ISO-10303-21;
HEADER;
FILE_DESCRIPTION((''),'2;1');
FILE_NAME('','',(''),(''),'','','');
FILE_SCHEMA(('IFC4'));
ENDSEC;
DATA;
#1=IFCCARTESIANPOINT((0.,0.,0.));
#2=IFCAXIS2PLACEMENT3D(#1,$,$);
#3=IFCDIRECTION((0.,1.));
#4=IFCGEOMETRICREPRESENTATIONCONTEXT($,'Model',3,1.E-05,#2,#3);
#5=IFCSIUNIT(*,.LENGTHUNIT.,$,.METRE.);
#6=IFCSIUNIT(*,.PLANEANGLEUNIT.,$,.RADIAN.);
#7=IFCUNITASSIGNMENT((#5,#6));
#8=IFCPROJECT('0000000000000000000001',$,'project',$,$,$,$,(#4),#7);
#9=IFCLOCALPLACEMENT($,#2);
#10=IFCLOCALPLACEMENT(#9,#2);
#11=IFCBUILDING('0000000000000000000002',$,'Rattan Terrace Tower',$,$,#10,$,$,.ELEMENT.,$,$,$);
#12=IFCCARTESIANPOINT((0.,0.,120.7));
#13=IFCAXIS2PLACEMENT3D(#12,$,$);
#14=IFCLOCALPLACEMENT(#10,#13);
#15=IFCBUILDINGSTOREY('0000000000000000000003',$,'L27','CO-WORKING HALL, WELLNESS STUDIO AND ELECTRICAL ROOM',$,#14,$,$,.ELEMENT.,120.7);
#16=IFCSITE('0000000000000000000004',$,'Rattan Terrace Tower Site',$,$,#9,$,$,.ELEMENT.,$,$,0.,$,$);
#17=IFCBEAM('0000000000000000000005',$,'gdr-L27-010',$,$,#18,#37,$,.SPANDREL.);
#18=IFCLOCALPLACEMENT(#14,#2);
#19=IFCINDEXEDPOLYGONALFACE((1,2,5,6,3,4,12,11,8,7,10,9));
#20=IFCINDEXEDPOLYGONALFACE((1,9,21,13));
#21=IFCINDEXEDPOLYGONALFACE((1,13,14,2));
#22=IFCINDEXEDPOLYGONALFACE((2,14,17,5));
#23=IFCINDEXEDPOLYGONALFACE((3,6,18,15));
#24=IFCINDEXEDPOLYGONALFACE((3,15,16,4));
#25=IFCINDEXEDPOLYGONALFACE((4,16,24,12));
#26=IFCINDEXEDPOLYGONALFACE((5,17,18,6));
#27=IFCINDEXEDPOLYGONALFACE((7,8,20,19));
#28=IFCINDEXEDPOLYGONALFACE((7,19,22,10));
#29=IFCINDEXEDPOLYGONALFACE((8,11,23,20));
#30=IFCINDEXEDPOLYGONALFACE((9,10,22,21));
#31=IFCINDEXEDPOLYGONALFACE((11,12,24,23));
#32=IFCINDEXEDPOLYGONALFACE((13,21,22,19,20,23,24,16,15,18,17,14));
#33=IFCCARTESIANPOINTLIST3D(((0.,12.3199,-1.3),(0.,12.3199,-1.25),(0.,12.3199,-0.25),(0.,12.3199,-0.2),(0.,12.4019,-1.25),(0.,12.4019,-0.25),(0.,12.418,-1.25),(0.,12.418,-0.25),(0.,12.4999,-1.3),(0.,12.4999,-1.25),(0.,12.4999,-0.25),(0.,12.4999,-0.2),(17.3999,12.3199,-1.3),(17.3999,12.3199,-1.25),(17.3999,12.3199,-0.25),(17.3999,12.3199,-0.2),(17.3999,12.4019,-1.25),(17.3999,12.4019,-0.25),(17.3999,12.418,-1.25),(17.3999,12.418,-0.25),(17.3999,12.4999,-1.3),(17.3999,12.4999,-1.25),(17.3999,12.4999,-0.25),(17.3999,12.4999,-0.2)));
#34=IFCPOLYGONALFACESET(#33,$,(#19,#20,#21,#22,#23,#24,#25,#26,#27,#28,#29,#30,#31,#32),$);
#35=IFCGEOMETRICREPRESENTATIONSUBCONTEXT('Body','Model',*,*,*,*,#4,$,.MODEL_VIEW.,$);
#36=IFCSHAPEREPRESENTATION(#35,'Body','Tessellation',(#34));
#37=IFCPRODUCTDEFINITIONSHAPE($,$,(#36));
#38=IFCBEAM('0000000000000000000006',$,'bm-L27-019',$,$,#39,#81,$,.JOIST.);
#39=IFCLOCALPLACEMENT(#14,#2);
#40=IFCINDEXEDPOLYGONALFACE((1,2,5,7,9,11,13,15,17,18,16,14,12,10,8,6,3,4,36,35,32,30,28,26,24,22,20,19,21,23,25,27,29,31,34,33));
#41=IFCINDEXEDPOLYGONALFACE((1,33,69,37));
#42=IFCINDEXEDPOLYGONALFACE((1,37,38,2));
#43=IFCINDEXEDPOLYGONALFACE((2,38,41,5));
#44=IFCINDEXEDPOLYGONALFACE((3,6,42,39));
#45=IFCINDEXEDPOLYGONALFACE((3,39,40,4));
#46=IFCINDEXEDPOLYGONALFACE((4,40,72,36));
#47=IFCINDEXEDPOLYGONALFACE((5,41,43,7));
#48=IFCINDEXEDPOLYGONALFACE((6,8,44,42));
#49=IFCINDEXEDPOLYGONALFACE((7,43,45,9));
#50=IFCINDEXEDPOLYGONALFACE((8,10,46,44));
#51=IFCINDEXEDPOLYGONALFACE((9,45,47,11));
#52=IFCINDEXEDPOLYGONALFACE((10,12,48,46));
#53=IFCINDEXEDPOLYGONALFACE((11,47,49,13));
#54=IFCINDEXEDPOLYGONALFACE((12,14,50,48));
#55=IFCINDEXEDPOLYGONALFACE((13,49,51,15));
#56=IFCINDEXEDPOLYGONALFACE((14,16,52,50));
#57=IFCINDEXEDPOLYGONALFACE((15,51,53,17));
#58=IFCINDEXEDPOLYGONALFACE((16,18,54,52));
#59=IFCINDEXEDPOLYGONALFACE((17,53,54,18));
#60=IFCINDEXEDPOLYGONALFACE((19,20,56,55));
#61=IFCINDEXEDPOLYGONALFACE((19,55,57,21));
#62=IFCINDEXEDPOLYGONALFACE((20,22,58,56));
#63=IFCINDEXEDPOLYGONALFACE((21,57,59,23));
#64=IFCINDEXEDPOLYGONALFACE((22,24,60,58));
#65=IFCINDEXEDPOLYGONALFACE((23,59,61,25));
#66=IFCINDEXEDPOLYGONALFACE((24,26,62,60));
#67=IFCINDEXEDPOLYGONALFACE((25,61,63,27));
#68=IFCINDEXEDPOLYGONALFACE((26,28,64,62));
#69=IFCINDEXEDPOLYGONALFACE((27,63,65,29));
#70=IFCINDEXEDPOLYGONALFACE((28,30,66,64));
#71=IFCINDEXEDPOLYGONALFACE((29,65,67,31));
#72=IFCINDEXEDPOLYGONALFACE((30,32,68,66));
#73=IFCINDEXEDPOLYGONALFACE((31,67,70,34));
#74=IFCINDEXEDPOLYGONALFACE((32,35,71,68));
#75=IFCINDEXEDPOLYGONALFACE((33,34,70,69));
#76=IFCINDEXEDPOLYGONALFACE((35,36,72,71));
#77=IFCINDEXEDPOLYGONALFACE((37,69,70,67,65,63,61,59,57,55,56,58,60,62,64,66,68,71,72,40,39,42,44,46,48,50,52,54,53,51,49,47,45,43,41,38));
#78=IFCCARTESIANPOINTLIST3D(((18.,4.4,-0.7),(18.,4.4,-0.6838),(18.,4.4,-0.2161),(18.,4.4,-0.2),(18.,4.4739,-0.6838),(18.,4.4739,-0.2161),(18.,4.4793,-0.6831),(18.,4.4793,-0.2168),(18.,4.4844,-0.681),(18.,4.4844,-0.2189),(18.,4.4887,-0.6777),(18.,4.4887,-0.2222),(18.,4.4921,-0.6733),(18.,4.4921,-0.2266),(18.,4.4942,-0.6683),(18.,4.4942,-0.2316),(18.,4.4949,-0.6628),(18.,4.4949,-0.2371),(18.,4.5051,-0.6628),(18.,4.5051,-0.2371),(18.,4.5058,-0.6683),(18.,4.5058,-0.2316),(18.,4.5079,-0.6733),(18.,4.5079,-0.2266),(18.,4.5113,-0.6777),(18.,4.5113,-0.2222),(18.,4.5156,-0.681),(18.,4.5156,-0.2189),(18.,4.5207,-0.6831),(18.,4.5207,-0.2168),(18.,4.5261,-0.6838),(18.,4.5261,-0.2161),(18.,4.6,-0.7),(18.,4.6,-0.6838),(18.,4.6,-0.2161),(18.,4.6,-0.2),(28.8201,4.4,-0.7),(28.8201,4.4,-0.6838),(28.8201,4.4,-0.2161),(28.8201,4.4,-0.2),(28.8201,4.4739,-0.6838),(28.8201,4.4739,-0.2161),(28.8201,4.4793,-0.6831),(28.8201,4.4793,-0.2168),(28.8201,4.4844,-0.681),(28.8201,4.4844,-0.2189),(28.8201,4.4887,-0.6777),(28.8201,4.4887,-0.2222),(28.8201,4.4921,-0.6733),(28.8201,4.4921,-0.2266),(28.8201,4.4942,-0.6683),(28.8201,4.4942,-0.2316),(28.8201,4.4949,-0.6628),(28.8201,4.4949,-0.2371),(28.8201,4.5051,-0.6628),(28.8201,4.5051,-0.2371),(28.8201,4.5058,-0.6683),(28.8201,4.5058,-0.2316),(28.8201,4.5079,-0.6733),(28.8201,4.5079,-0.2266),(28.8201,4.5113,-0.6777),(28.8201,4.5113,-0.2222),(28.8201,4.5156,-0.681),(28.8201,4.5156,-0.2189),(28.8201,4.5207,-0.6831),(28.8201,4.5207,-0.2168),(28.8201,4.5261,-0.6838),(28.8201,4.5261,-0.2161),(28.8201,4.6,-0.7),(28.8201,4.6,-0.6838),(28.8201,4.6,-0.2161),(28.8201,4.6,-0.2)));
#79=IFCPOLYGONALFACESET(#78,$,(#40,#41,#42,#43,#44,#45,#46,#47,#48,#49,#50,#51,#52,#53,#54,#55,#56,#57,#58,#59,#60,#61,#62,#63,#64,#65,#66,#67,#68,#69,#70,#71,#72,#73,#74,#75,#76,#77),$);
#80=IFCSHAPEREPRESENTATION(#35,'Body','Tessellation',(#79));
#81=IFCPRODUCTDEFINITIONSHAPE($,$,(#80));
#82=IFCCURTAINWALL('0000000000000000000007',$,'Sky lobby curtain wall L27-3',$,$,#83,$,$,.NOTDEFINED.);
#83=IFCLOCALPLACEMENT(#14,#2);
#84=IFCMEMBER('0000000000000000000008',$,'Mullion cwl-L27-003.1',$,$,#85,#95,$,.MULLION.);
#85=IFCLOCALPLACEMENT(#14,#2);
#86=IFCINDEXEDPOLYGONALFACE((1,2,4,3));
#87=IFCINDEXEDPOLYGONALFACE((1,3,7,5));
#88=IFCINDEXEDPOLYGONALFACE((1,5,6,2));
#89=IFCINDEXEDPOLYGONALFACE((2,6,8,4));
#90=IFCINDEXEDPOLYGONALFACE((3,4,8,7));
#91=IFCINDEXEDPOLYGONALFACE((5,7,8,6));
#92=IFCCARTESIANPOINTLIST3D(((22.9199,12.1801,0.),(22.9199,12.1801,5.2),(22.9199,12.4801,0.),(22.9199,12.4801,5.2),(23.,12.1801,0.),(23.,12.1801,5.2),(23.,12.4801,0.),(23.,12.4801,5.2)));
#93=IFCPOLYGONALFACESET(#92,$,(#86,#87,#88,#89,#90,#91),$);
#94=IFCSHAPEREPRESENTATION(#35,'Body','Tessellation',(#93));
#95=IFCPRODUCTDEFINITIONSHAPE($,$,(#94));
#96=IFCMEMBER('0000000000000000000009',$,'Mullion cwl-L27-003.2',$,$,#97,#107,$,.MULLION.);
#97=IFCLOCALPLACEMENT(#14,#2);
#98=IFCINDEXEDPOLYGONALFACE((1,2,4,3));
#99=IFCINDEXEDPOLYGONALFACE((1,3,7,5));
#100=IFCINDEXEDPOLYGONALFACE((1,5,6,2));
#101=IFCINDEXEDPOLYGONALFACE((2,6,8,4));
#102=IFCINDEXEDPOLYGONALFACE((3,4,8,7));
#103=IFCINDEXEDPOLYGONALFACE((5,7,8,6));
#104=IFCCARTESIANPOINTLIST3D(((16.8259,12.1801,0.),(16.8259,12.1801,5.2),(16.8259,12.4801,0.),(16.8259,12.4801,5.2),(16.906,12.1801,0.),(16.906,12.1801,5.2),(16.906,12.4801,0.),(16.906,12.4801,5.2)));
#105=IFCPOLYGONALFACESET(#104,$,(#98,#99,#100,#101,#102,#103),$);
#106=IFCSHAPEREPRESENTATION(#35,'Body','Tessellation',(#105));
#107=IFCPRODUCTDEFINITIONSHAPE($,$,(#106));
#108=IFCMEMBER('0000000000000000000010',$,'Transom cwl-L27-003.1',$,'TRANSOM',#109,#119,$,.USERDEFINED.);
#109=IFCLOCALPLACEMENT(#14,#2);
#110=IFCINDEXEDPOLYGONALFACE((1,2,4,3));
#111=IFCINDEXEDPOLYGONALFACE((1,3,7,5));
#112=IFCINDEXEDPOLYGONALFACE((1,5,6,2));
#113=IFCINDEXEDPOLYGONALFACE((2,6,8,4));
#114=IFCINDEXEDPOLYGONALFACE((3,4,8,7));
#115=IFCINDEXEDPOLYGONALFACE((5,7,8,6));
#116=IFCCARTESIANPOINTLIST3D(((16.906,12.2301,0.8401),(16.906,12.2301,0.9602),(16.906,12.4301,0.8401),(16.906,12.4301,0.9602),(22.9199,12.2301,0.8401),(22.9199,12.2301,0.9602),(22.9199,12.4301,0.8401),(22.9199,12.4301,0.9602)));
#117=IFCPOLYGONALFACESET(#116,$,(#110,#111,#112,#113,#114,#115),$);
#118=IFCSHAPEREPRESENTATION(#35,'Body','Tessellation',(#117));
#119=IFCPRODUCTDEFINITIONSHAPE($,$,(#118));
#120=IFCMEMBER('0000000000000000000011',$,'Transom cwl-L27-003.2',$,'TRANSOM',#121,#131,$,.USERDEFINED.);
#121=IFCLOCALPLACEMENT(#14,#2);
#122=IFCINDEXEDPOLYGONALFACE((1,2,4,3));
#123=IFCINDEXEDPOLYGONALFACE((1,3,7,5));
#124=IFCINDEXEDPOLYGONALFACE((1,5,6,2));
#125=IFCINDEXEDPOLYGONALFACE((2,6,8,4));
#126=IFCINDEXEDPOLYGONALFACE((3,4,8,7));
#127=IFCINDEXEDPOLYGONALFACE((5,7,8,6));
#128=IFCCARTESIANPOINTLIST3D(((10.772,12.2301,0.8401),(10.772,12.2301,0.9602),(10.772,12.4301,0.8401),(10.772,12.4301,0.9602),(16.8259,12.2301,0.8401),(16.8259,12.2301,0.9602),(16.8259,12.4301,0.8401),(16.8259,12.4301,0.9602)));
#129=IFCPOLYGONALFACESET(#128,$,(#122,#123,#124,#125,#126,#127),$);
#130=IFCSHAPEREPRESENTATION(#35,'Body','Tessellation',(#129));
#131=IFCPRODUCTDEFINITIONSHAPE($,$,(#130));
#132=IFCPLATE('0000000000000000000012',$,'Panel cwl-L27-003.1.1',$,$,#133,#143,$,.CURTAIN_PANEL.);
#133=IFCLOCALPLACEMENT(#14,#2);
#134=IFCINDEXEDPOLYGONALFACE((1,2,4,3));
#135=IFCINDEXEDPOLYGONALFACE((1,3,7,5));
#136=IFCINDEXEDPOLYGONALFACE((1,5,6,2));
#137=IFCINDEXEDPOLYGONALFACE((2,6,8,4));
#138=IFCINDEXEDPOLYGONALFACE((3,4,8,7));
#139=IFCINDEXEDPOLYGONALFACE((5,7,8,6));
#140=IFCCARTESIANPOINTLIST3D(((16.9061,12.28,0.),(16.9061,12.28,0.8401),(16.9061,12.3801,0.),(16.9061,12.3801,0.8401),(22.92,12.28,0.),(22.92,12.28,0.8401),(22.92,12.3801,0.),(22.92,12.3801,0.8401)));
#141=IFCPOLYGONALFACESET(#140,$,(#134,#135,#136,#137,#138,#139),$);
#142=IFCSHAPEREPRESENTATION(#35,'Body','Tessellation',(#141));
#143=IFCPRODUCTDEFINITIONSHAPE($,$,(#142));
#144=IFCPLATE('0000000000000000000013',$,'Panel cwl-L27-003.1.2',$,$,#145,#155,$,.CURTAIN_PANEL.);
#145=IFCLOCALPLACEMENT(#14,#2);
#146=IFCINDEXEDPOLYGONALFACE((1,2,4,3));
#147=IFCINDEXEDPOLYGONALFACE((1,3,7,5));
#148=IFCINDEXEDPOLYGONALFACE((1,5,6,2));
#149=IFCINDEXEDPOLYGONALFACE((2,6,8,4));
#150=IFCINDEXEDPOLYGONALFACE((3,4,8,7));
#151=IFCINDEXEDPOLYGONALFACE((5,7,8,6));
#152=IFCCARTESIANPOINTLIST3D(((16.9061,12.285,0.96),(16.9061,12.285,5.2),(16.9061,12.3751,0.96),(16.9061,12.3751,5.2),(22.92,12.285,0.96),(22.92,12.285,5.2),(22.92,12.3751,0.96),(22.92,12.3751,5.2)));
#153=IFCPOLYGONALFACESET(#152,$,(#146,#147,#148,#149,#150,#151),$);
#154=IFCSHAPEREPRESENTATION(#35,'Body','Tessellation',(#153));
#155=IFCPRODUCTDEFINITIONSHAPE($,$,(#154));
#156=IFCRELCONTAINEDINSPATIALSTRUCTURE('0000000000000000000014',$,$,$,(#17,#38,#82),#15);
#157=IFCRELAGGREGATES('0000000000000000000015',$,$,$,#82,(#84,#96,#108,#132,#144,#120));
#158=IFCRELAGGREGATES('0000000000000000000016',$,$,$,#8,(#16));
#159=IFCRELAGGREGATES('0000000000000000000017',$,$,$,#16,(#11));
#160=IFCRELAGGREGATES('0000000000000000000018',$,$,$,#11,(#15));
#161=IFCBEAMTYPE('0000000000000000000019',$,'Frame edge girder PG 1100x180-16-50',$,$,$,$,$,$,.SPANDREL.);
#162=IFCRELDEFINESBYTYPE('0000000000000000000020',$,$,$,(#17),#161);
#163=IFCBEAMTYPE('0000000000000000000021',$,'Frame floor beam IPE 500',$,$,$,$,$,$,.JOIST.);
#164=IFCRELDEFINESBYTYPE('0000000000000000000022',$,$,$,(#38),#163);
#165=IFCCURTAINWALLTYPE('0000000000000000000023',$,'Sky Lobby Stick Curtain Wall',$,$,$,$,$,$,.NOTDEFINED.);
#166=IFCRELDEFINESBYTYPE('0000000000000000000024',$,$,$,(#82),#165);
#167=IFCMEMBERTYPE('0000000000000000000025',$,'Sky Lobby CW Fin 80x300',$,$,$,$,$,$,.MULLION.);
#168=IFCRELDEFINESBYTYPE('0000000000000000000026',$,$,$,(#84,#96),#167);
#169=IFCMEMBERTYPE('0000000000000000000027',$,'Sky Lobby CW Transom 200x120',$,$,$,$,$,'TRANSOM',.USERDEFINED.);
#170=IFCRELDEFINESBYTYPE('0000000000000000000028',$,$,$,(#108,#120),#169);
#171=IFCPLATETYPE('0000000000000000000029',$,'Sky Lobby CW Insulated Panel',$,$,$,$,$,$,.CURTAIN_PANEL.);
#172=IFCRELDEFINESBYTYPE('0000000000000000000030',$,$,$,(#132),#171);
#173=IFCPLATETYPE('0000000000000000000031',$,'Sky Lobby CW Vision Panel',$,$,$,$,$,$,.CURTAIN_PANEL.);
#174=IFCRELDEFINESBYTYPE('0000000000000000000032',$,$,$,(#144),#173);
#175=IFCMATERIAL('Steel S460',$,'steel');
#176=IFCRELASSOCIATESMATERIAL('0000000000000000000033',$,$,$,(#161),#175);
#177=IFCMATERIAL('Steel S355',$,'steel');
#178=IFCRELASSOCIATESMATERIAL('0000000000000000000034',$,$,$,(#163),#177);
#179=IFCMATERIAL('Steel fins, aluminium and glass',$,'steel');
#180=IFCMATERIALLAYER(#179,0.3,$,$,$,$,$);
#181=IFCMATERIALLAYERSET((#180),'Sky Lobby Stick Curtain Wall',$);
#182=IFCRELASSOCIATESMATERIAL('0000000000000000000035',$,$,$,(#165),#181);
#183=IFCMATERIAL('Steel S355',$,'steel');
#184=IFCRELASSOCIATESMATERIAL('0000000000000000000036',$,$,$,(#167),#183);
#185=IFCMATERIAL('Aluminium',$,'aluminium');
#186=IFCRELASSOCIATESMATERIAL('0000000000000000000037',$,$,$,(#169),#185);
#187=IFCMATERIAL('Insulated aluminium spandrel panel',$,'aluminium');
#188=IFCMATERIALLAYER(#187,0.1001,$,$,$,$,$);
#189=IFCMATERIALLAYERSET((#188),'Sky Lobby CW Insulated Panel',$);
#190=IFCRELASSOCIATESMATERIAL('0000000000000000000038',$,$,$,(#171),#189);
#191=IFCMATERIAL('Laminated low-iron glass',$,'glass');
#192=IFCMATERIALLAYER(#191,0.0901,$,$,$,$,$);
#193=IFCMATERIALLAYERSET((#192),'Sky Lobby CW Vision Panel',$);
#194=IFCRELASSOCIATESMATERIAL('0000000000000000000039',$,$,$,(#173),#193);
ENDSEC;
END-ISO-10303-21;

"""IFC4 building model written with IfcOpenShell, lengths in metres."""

from ifc_helpers import new_model, si_unit, direction, frame, origin, origin_2d, place, context, subcontext, project, spatial, rectangle, i_section, extrude, material, layer, layer_set, material_profile, profile_set, type_object, element, aggregate, save


model = new_model("IFC4")

# Units and contexts
model_context = context("Model", 3, precision=1e-05, world=origin(), true_north=direction((0.0, 1.0)))
body_context = subcontext(model_context, "Body", "Model", "MODEL_VIEW")
ifc_project = project(units=[si_unit("LENGTHUNIT", "METRE"), si_unit("PLANEANGLEUNIT", "RADIAN")], contexts=[model_context])

# Site, building, storey
site_placement = place(None, origin())
site = spatial("IfcSite", under=ifc_project, at=site_placement, Name="Rattan Terrace Tower Site", CompositionType="ELEMENT", RefElevation=0.0)
building_placement = place(site_placement, origin())
building = spatial("IfcBuilding", under=site, at=building_placement, Name="Rattan Terrace Tower", CompositionType="ELEMENT")
storey_placement = place(building_placement, frame((0.0, 0.0, 120.7)))
storey = spatial("IfcBuildingStorey", under=building, at=storey_placement, Name="L27", Description="CO-WORKING HALL, WELLNESS STUDIO AND ELECTRICAL ROOM", CompositionType="ELEMENT", Elevation=120.7)

# Beams
ifc_material_1 = material(Name="Steel S460", Category="steel")
ifc_material_profile_1 = material_profile(ifc_material_1, i_section(OverallWidth=0.1799, OverallDepth=1.1001, WebThickness=0.0161, FlangeThickness=0.05, at=origin_2d()), Name="PG 1100x180-16-50")
ifc_profile_set_1 = profile_set([ifc_material_profile_1], Name="Steel S460")
beam_type_1 = type_object("IfcBeamType", Name="Frame edge girder PG 1100x180-16-50", PredefinedType="SPANDREL", material=ifc_profile_set_1)
beam_1_placement = place(storey_placement, frame((17.3999, 12.4099, -0.75), z_axis=(-1.0, 0.0, 0.0), x_axis=(0.0, -1.0, 0.0)))
element("IfcBeam", 1, at=beam_1_placement, inside=storey, type_object=beam_type_1, Name="gdr-L27-010", PredefinedType="SPANDREL", context=body_context, shape_type="SweptSolid", body=[
    extrude(i_section(OverallWidth=0.1799, OverallDepth=1.1001, WebThickness=0.0161, FlangeThickness=0.05, at=origin_2d()), origin(), (0.0, 0.0, 1.0), 17.3999),
])
ifc_material_2 = material(Name="Steel S355", Category="steel")
ifc_material_profile_2 = material_profile(ifc_material_2, i_section(OverallWidth=0.2, OverallDepth=0.5, WebThickness=0.0103, FlangeThickness=0.0161, FilletRadius=0.021, at=origin_2d()), Name="IPE 500")
ifc_profile_set_2 = profile_set([ifc_material_profile_2], Name="Steel S355")
beam_type_2 = type_object("IfcBeamType", Name="Frame floor beam IPE 500", PredefinedType="JOIST", material=ifc_profile_set_2)
beam_2_placement = place(storey_placement, frame((18.0, 4.5, -0.45), z_axis=(1.0, 0.0, 0.0), x_axis=(0.0, 1.0, 0.0)))
element("IfcBeam", 2, at=beam_2_placement, inside=storey, type_object=beam_type_2, Name="bm-L27-019", PredefinedType="JOIST", context=body_context, shape_type="SweptSolid", body=[
    extrude(i_section(OverallWidth=0.2, OverallDepth=0.5, WebThickness=0.0103, FlangeThickness=0.0161, FilletRadius=0.021, at=origin_2d()), origin(), (0.0, 0.0, 1.0), 10.8201),
])

# Curtain wall, members, plates
ifc_material_3 = material(Name="Steel fins, aluminium and glass", Category="steel")
ifc_layer_1 = layer(ifc_material_3, 0.3)
ifc_layer_set_1 = layer_set([ifc_layer_1], Name="Sky Lobby Stick Curtain Wall")
curtain_wall_type = type_object("IfcCurtainWallType", Name="Sky Lobby Stick Curtain Wall", PredefinedType="NOTDEFINED", material=ifc_layer_set_1)
curtain_wall_placement = place(storey_placement, origin())
curtain_wall = element("IfcCurtainWall", 3, at=curtain_wall_placement, inside=storey, type_object=curtain_wall_type, Name="Sky lobby curtain wall L27-3", PredefinedType="NOTDEFINED")
ifc_material_4 = material(Name="Steel S355", Category="steel")
ifc_material_profile_3 = material_profile(ifc_material_4, rectangle(XDim=0.0801, YDim=0.3, at=origin_2d()), Name="Steel S355 80x300")
ifc_profile_set_3 = profile_set([ifc_material_profile_3], Name="Steel S355")
member_type_1 = type_object("IfcMemberType", Name="Sky Lobby CW Fin 80x300", PredefinedType="MULLION", material=ifc_profile_set_3)
member_1_placement = place(storey_placement, frame((22.96, 12.3301, 0.0), z_axis=(0.0, 0.0, 1.0), x_axis=(-1.0, 0.0, 0.0)))
member_1 = element("IfcMember", 4, at=member_1_placement, type_object=member_type_1, Name="Mullion cwl-L27-003.1", PredefinedType="MULLION", context=body_context, shape_type="SweptSolid", body=[
    extrude(rectangle(XDim=0.0801, YDim=0.3, at=origin_2d()), origin(), (0.0, 0.0, 1.0), 5.2),
])
member_2_placement = place(storey_placement, frame((16.866, 12.3301, 0.0), z_axis=(0.0, 0.0, 1.0), x_axis=(-1.0, 0.0, 0.0)))
member_2 = element("IfcMember", 5, at=member_2_placement, type_object=member_type_1, Name="Mullion cwl-L27-003.2", PredefinedType="MULLION", context=body_context, shape_type="SweptSolid", body=[
    extrude(rectangle(XDim=0.0801, YDim=0.3, at=origin_2d()), origin(), (0.0, 0.0, 1.0), 5.2),
])
ifc_material_5 = material(Name="Aluminium", Category="aluminium")
ifc_material_profile_4 = material_profile(ifc_material_5, rectangle(XDim=0.2, YDim=0.1201, at=origin_2d()), Name="Aluminium 200x120")
ifc_profile_set_4 = profile_set([ifc_material_profile_4], Name="Aluminium")
member_type_2 = type_object("IfcMemberType", Name="Sky Lobby CW Transom 200x120", ElementType="TRANSOM", PredefinedType="USERDEFINED", material=ifc_profile_set_4)
member_3_placement = place(storey_placement, frame((22.9199, 12.3301, 0.9001), z_axis=(-1.0, 0.0, 0.0), x_axis=(0.0, -1.0, 0.0)))
member_3 = element("IfcMember", 6, at=member_3_placement, type_object=member_type_2, Name="Transom cwl-L27-003.1", ObjectType="TRANSOM", PredefinedType="USERDEFINED", context=body_context, shape_type="SweptSolid", body=[
    extrude(rectangle(XDim=0.2, YDim=0.1201, at=origin_2d()), origin(), (0.0, 0.0, 1.0), 6.0139),
])
member_4_placement = place(storey_placement, frame((16.8259, 12.3301, 0.9001), z_axis=(-1.0, 0.0, 0.0), x_axis=(0.0, -1.0, 0.0)))
member_4 = element("IfcMember", 7, at=member_4_placement, type_object=member_type_2, Name="Transom cwl-L27-003.2", ObjectType="TRANSOM", PredefinedType="USERDEFINED", context=body_context, shape_type="SweptSolid", body=[
    extrude(rectangle(XDim=0.2, YDim=0.1201, at=origin_2d()), origin(), (0.0, 0.0, 1.0), 6.054),
])
ifc_material_6 = material(Name="Insulated aluminium spandrel panel", Category="aluminium")
ifc_layer_2 = layer(ifc_material_6, 0.1001)
ifc_layer_set_2 = layer_set([ifc_layer_2], Name="Sky Lobby CW Insulated Panel")
plate_type_1 = type_object("IfcPlateType", Name="Sky Lobby CW Insulated Panel", PredefinedType="CURTAIN_PANEL", material=ifc_layer_set_2)
plate_1_placement = place(storey_placement, frame((19.9131, 12.3301, 0.0), z_axis=(0.0, 0.0, 1.0), x_axis=(-1.0, 0.0, 0.0)))
plate_1 = element("IfcPlate", 8, at=plate_1_placement, type_object=plate_type_1, Name="Panel cwl-L27-003.1.1", PredefinedType="CURTAIN_PANEL", context=body_context, shape_type="SweptSolid", body=[
    extrude(rectangle(XDim=6.0139, YDim=0.1001, at=origin_2d()), origin(), (0.0, 0.0, 1.0), 0.8401),
])
ifc_material_7 = material(Name="Laminated low-iron glass", Category="glass")
ifc_layer_3 = layer(ifc_material_7, 0.0901)
ifc_layer_set_3 = layer_set([ifc_layer_3], Name="Sky Lobby CW Vision Panel")
plate_type_2 = type_object("IfcPlateType", Name="Sky Lobby CW Vision Panel", PredefinedType="CURTAIN_PANEL", material=ifc_layer_set_3)
plate_2_placement = place(storey_placement, frame((19.9131, 12.3301, 0.96), z_axis=(0.0, 0.0, 1.0), x_axis=(-1.0, 0.0, 0.0)))
plate_2 = element("IfcPlate", 9, at=plate_2_placement, type_object=plate_type_2, Name="Panel cwl-L27-003.1.2", PredefinedType="CURTAIN_PANEL", context=body_context, shape_type="SweptSolid", body=[
    extrude(rectangle(XDim=6.0139, YDim=0.0901, at=origin_2d()), origin(), (0.0, 0.0, 1.0), 4.24),
])
aggregate(curtain_wall, [member_1, member_2, member_3, plate_1, plate_2, member_4])

save(model, "model.ifc")
